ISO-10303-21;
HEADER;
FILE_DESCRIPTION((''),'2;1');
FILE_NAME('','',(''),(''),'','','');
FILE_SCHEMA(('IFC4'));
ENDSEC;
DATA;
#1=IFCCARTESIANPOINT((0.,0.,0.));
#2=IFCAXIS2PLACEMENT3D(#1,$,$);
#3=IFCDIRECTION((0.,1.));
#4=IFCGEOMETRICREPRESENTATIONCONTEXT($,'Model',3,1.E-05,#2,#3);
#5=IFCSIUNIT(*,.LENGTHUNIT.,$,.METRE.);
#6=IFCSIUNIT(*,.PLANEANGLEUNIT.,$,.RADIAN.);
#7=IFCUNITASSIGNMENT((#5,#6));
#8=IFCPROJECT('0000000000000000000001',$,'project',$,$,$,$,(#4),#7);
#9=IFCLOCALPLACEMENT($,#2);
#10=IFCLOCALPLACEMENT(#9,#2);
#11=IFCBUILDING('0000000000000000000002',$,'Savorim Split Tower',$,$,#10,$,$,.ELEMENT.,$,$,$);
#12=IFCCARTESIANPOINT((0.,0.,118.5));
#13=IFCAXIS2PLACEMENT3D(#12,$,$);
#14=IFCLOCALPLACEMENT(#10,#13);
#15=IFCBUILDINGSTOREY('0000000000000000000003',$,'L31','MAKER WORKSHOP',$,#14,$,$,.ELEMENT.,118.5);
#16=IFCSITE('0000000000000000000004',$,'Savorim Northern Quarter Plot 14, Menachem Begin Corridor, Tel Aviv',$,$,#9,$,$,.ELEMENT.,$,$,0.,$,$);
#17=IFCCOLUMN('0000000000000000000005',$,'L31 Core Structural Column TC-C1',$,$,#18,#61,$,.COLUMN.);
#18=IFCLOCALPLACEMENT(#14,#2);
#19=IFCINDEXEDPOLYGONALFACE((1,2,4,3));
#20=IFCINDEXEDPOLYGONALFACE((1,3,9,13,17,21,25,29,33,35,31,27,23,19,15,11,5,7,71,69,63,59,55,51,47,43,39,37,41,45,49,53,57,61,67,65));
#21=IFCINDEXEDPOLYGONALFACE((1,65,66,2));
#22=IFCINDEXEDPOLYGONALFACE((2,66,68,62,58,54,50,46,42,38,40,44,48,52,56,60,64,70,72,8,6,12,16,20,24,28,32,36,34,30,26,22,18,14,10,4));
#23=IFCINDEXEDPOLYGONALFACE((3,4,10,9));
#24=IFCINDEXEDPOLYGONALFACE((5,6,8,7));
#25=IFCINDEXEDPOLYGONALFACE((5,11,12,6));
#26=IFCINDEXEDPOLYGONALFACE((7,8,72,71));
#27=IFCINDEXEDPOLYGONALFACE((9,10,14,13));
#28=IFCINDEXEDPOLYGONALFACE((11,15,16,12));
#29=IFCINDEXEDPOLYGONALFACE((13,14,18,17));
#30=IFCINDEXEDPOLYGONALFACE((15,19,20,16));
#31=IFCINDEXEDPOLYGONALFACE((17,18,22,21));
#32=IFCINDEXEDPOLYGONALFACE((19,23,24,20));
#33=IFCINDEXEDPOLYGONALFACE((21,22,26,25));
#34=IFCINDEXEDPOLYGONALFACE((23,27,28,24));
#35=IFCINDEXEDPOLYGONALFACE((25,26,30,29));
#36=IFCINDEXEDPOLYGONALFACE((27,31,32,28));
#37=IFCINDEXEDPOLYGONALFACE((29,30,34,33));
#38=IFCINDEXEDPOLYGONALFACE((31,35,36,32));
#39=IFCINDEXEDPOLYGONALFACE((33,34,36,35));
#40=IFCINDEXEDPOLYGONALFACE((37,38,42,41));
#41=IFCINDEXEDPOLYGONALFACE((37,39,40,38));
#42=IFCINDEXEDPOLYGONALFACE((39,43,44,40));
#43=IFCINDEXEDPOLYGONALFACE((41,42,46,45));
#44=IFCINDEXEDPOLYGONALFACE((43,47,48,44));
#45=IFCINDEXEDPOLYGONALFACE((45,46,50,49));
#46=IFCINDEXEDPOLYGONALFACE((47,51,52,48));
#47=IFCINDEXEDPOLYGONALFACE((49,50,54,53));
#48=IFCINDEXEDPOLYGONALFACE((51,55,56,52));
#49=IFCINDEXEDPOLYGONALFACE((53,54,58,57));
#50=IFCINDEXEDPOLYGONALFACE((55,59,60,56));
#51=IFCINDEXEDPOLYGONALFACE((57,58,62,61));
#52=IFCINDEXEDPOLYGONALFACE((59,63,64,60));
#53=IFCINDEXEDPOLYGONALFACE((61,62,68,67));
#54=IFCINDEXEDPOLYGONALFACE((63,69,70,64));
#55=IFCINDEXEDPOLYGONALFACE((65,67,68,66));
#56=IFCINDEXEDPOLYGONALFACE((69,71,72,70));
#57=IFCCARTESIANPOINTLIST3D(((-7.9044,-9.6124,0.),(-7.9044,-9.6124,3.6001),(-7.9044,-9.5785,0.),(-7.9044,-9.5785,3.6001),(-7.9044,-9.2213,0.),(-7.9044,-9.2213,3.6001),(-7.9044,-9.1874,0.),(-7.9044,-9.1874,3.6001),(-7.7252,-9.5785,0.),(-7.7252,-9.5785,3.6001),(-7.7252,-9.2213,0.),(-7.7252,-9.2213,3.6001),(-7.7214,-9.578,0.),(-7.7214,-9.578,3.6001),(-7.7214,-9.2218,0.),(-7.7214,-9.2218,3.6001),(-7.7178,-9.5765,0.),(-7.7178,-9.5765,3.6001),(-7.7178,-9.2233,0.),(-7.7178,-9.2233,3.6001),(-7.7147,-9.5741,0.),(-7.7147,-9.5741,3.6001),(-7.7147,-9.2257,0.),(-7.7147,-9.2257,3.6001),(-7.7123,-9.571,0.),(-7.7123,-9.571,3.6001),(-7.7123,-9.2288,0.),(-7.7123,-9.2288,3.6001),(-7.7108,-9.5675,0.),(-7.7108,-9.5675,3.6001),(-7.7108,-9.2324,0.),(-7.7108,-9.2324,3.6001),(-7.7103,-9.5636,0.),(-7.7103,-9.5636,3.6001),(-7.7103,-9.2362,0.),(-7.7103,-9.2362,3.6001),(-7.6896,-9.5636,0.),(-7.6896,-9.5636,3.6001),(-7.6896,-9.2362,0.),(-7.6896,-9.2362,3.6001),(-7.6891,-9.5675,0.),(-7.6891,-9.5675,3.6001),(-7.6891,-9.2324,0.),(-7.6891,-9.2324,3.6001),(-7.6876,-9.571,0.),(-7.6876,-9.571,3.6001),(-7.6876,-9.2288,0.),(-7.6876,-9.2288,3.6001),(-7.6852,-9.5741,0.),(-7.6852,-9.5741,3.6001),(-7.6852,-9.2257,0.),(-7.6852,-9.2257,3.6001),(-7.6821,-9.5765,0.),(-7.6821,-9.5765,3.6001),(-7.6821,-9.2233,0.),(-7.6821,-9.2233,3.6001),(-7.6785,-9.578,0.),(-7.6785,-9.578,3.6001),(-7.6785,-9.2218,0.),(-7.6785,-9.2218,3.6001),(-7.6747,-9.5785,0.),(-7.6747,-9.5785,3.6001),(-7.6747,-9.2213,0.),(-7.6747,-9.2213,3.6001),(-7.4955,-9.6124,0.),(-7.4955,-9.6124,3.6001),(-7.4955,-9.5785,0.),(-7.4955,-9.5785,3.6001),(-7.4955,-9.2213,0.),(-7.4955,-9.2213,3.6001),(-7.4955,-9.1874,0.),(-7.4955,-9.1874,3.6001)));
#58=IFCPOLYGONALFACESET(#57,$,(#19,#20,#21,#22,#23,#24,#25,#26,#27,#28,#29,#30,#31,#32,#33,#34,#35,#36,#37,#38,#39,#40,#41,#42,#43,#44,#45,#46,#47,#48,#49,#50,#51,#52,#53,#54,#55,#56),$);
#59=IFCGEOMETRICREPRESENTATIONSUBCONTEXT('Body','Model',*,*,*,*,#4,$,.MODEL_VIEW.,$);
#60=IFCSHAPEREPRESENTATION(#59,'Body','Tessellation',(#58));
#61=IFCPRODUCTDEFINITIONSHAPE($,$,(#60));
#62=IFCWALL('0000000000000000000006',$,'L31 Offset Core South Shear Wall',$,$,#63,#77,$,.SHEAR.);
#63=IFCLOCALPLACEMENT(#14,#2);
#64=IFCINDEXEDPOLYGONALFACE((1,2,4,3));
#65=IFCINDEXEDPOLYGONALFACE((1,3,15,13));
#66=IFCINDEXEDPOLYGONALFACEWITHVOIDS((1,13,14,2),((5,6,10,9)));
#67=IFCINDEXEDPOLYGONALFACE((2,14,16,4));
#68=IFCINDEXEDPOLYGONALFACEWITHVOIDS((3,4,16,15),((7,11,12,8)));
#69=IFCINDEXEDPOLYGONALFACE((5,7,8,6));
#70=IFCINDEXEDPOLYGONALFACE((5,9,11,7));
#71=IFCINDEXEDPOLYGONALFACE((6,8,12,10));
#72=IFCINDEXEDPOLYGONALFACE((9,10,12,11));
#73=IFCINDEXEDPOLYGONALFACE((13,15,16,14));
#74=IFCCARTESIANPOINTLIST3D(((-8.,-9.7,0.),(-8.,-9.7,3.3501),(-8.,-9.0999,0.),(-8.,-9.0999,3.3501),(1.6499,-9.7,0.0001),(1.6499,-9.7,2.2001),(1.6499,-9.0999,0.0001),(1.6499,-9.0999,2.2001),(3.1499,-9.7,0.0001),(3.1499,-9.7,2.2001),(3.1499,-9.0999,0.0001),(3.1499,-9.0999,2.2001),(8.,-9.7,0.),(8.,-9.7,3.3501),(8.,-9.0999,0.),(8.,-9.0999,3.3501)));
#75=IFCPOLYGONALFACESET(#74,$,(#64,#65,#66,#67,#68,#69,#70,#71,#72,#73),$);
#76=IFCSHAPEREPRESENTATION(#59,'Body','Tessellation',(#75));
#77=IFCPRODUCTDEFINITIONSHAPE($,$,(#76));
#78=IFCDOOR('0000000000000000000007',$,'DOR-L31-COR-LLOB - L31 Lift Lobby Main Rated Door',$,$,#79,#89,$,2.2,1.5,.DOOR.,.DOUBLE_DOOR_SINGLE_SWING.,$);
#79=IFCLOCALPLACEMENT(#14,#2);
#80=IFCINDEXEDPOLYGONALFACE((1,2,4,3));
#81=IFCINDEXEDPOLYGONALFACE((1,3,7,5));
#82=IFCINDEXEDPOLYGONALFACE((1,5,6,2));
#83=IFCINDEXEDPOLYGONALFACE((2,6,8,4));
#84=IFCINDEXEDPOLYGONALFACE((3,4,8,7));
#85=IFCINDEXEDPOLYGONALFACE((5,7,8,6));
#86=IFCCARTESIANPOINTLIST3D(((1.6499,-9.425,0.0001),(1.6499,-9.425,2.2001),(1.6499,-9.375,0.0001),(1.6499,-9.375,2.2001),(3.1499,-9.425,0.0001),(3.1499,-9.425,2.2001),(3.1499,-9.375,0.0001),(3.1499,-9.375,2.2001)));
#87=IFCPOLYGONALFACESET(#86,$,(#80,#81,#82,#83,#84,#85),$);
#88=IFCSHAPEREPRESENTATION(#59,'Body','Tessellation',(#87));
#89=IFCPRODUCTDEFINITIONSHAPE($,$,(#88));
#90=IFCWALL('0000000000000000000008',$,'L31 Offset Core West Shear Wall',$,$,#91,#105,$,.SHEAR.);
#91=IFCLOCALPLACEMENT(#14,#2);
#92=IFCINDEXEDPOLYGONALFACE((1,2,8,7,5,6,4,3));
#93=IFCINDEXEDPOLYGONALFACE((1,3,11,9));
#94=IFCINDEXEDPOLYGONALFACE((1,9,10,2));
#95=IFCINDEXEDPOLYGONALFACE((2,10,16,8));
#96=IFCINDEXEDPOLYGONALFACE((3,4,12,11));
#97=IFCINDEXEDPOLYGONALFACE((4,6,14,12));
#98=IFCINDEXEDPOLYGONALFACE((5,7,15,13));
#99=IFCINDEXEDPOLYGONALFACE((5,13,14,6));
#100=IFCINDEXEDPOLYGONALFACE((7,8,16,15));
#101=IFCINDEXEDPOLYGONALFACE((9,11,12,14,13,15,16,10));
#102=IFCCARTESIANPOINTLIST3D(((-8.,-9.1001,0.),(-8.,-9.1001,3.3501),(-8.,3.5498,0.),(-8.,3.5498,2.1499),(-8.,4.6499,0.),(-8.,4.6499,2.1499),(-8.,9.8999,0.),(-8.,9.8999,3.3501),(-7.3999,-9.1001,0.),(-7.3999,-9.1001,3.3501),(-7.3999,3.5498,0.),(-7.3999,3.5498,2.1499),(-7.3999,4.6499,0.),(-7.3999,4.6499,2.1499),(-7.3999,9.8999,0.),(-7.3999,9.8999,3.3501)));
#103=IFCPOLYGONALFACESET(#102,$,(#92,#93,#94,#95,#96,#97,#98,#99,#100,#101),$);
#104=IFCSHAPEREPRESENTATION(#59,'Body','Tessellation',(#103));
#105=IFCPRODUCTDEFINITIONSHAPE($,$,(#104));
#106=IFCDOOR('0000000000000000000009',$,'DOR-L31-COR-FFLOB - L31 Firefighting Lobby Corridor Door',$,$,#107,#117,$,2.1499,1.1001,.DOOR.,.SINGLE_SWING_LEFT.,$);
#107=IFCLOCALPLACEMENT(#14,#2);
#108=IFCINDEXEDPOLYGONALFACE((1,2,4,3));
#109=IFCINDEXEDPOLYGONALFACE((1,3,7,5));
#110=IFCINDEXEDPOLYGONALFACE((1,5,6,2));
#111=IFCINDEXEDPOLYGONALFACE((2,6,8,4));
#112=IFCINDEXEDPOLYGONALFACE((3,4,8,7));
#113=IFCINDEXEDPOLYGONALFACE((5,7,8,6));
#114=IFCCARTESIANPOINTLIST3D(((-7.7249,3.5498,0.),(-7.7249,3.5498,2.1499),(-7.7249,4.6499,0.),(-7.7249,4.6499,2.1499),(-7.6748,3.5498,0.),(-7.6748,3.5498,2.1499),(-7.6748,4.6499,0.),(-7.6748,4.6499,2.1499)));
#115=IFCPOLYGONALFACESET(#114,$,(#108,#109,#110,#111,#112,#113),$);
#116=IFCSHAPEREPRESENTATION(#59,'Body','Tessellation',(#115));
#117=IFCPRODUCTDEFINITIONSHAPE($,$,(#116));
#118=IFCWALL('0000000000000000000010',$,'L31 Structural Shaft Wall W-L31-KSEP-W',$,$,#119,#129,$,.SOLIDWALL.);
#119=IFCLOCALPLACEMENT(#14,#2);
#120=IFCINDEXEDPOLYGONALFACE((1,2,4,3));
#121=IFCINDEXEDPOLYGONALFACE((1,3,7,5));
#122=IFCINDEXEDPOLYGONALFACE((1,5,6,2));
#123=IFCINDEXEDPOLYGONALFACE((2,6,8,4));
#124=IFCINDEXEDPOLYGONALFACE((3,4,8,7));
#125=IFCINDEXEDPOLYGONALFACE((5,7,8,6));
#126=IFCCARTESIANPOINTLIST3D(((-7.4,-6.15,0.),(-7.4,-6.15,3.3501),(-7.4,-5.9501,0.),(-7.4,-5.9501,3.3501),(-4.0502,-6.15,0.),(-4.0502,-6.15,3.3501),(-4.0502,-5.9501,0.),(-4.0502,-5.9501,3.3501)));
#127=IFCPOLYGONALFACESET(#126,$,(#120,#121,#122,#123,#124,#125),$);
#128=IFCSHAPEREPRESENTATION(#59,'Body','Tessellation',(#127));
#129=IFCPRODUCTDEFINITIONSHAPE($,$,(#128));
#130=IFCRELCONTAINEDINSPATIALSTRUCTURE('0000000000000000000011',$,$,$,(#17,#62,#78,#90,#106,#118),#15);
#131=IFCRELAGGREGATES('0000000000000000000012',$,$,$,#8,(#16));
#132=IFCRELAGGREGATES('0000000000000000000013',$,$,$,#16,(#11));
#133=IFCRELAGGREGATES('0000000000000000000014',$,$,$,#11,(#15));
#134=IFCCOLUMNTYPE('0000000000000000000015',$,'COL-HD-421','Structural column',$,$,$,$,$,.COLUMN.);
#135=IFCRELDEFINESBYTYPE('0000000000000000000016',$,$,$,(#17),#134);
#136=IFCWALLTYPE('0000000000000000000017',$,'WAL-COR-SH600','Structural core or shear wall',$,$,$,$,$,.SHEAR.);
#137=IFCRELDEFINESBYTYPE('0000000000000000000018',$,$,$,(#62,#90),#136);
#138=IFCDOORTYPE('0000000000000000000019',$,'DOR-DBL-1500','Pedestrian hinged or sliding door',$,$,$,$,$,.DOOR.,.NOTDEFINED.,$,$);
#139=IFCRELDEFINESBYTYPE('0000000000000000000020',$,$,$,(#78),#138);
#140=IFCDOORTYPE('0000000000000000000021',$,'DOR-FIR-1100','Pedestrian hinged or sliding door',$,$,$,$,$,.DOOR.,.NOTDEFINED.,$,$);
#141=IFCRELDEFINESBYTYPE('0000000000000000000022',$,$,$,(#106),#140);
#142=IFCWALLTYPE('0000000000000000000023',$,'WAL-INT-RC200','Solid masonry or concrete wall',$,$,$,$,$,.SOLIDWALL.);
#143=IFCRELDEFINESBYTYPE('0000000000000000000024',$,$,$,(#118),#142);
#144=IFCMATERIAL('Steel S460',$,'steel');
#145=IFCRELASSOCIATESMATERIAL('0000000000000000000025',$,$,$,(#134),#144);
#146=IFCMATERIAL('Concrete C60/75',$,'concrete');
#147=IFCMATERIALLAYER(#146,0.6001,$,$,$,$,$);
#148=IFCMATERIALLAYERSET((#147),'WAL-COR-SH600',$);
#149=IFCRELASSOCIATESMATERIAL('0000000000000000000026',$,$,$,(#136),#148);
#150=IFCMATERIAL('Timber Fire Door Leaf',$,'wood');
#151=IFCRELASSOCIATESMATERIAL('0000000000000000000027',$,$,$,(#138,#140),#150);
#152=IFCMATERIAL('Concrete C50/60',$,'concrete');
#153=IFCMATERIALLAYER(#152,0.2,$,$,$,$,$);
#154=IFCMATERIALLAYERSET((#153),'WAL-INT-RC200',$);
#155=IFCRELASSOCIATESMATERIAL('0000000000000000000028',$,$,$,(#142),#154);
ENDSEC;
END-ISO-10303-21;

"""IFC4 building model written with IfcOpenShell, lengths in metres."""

from ifc_helpers import new_model, si_unit, direction, frame, frame_2d, origin, origin_2d, place, context, subcontext, project, spatial, rectangle, i_section, extrude, material, layer, layer_set, material_profile, profile_set, type_object, element, fill, save


model = new_model("IFC4")

# Units and contexts
model_context = context("Model", 3, precision=1e-05, world=origin(), true_north=direction((0.0, 1.0)))
body_context = subcontext(model_context, "Body", "Model", "MODEL_VIEW")
ifc_project = project(units=[si_unit("LENGTHUNIT", "METRE"), si_unit("PLANEANGLEUNIT", "RADIAN")], contexts=[model_context])

# Site, building, storey
site_placement = place(None, origin())
site = spatial("IfcSite", under=ifc_project, at=site_placement, Name="Savorim Northern Quarter Plot 14, Menachem Begin Corridor, Tel Aviv", CompositionType="ELEMENT", RefElevation=0.0)
building_placement = place(site_placement, origin())
building = spatial("IfcBuilding", under=site, at=building_placement, Name="Savorim Split Tower", CompositionType="ELEMENT")
storey_placement = place(building_placement, frame((0.0, 0.0, 118.5)))
storey = spatial("IfcBuildingStorey", under=building, at=storey_placement, Name="L31", Description="MAKER WORKSHOP", CompositionType="ELEMENT", Elevation=118.5)

# Column
ifc_material_1 = material(Name="Steel S460", Category="steel")
ifc_material_profile = material_profile(ifc_material_1, i_section(OverallWidth=0.4089, OverallDepth=0.425, WebThickness=0.0208, FlangeThickness=0.0339, FilletRadius=0.0149, at=origin_2d()), Name="HD 400x421")
ifc_profile_set = profile_set([ifc_material_profile], Name="Steel S460")
column_type = type_object("IfcColumnType", Name="COL-HD-421", Description="Structural column", PredefinedType="COLUMN", material=ifc_profile_set)
column_placement = place(storey_placement, frame((-7.7, -9.3999, 0.0), z_axis=(0.0, 0.0, 1.0), x_axis=(1.0, 0.0, 0.0)))
element("IfcColumn", 1, at=column_placement, inside=storey, type_object=column_type, Name="L31 Core Structural Column TC-C1", PredefinedType="COLUMN", context=body_context, shape_type="SweptSolid", body=[
    extrude(i_section(OverallWidth=0.4089, OverallDepth=0.425, WebThickness=0.0208, FlangeThickness=0.0339, FilletRadius=0.0149, at=origin_2d()), origin(), (0.0, 0.0, 1.0), 3.6001),
])

# Walls, openings, doors
ifc_material_2 = material(Name="Concrete C60/75", Category="concrete")
ifc_layer_1 = layer(ifc_material_2, 0.6001)
ifc_layer_set_1 = layer_set([ifc_layer_1], Name="WAL-COR-SH600")
wall_type_1 = type_object("IfcWallType", Name="WAL-COR-SH600", Description="Structural core or shear wall", PredefinedType="SHEAR", material=ifc_layer_set_1)
wall_1_placement = place(storey_placement, frame((-8.0, -9.3999, 0.0), z_axis=(0.0, 0.0, 1.0), x_axis=(1.0, 0.0, 0.0)))
wall_1 = element("IfcWall", 2, at=wall_1_placement, inside=storey, type_object=wall_type_1, Name="L31 Offset Core South Shear Wall", PredefinedType="SHEAR", context=body_context, shape_type="SweptSolid", body=[
    extrude(rectangle(XDim=16.0, YDim=0.6001, at=frame_2d((8.0, 0.0))), origin(), (0.0, 0.0, 1.0), 3.3501),
])
opening_1_placement = place(wall_1_placement, frame((9.6499, 0.0, 0.0)))
opening_1 = element("IfcOpeningElement", 3, at=opening_1_placement, cuts=wall_1, PredefinedType="OPENING", context=body_context, shape_type="SweptSolid", body=[
    extrude(rectangle(XDim=1.5, YDim=2.2, at=frame_2d((0.75, 1.1001))), frame((0.0, 0.3101, 0.0), z_axis=(0.0, -1.0, 0.0), x_axis=(1.0, 0.0, 0.0)), (0.0, 0.0, 1.0), 0.6201),
])
ifc_material_3 = material(Name="Timber Fire Door Leaf", Category="wood")
door_type_1 = type_object("IfcDoorType", Name="DOR-DBL-1500", Description="Pedestrian hinged or sliding door", OperationType="NOTDEFINED", PredefinedType="DOOR", material=ifc_material_3)
door_1_placement = place(opening_1_placement, origin())
door_1 = element("IfcDoor", 4, at=door_1_placement, inside=storey, type_object=door_type_1, Name="DOR-L31-COR-LLOB - L31 Lift Lobby Main Rated Door", OperationType="DOUBLE_DOOR_SINGLE_SWING", OverallHeight=2.2, OverallWidth=1.5, PredefinedType="DOOR", context=body_context, shape_type="SweptSolid", body=[
    extrude(rectangle(XDim=1.5, YDim=2.2, at=frame_2d((0.75, 1.1001))), frame((0.0, 0.0249, 0.0), z_axis=(0.0, -1.0, 0.0), x_axis=(1.0, 0.0, 0.0)), (0.0, 0.0, 1.0), 0.05),
])
fill(opening_1, door_1)
wall_2_placement = place(storey_placement, frame((-7.7, -9.1001, 0.0), z_axis=(0.0, 0.0, 1.0), x_axis=(0.0, 1.0, 0.0)))
wall_2 = element("IfcWall", 5, at=wall_2_placement, inside=storey, type_object=wall_type_1, Name="L31 Offset Core West Shear Wall", PredefinedType="SHEAR", context=body_context, shape_type="SweptSolid", body=[
    extrude(rectangle(XDim=19.0, YDim=0.6001, at=frame_2d((9.5, 0.0))), origin(), (0.0, 0.0, 1.0), 3.3501),
])
opening_2_placement = place(wall_2_placement, frame((12.6499, 0.0, 0.0)))
opening_2 = element("IfcOpeningElement", 6, at=opening_2_placement, cuts=wall_2, PredefinedType="OPENING", context=body_context, shape_type="SweptSolid", body=[
    extrude(rectangle(XDim=1.1001, YDim=2.1499, at=frame_2d((0.55, 1.075))), frame((0.0, 0.3101, 0.0), z_axis=(0.0, -1.0, 0.0), x_axis=(1.0, 0.0, 0.0)), (0.0, 0.0, 1.0), 0.6201),
])
door_type_2 = type_object("IfcDoorType", Name="DOR-FIR-1100", Description="Pedestrian hinged or sliding door", OperationType="NOTDEFINED", PredefinedType="DOOR", material=ifc_material_3)
door_2_placement = place(opening_2_placement, origin())
door_2 = element("IfcDoor", 7, at=door_2_placement, inside=storey, type_object=door_type_2, Name="DOR-L31-COR-FFLOB - L31 Firefighting Lobby Corridor Door", OperationType="SINGLE_SWING_LEFT", OverallHeight=2.1499, OverallWidth=1.1001, PredefinedType="DOOR", context=body_context, shape_type="SweptSolid", body=[
    extrude(rectangle(XDim=1.1001, YDim=2.1499, at=frame_2d((0.55, 1.075))), frame((0.0, 0.0249, 0.0), z_axis=(0.0, -1.0, 0.0), x_axis=(1.0, 0.0, 0.0)), (0.0, 0.0, 1.0), 0.05),
])
fill(opening_2, door_2)

# Wall
ifc_material_4 = material(Name="Concrete C50/60", Category="concrete")
ifc_layer_2 = layer(ifc_material_4, 0.2)
ifc_layer_set_2 = layer_set([ifc_layer_2], Name="WAL-INT-RC200")
wall_type_2 = type_object("IfcWallType", Name="WAL-INT-RC200", Description="Solid masonry or concrete wall", PredefinedType="SOLIDWALL", material=ifc_layer_set_2)
wall_3_placement = place(storey_placement, frame((-7.3999, -6.05, 0.0), z_axis=(0.0, 0.0, 1.0), x_axis=(1.0, 0.0, 0.0)))
element("IfcWall", 8, at=wall_3_placement, inside=storey, type_object=wall_type_2, Name="L31 Structural Shaft Wall W-L31-KSEP-W", PredefinedType="SOLIDWALL", context=body_context, shape_type="SweptSolid", body=[
    extrude(rectangle(XDim=3.3499, YDim=0.2, at=frame_2d((1.6748, 0.0))), origin(), (0.0, 0.0, 1.0), 3.3501),
])

save(model, "model.ifc")
